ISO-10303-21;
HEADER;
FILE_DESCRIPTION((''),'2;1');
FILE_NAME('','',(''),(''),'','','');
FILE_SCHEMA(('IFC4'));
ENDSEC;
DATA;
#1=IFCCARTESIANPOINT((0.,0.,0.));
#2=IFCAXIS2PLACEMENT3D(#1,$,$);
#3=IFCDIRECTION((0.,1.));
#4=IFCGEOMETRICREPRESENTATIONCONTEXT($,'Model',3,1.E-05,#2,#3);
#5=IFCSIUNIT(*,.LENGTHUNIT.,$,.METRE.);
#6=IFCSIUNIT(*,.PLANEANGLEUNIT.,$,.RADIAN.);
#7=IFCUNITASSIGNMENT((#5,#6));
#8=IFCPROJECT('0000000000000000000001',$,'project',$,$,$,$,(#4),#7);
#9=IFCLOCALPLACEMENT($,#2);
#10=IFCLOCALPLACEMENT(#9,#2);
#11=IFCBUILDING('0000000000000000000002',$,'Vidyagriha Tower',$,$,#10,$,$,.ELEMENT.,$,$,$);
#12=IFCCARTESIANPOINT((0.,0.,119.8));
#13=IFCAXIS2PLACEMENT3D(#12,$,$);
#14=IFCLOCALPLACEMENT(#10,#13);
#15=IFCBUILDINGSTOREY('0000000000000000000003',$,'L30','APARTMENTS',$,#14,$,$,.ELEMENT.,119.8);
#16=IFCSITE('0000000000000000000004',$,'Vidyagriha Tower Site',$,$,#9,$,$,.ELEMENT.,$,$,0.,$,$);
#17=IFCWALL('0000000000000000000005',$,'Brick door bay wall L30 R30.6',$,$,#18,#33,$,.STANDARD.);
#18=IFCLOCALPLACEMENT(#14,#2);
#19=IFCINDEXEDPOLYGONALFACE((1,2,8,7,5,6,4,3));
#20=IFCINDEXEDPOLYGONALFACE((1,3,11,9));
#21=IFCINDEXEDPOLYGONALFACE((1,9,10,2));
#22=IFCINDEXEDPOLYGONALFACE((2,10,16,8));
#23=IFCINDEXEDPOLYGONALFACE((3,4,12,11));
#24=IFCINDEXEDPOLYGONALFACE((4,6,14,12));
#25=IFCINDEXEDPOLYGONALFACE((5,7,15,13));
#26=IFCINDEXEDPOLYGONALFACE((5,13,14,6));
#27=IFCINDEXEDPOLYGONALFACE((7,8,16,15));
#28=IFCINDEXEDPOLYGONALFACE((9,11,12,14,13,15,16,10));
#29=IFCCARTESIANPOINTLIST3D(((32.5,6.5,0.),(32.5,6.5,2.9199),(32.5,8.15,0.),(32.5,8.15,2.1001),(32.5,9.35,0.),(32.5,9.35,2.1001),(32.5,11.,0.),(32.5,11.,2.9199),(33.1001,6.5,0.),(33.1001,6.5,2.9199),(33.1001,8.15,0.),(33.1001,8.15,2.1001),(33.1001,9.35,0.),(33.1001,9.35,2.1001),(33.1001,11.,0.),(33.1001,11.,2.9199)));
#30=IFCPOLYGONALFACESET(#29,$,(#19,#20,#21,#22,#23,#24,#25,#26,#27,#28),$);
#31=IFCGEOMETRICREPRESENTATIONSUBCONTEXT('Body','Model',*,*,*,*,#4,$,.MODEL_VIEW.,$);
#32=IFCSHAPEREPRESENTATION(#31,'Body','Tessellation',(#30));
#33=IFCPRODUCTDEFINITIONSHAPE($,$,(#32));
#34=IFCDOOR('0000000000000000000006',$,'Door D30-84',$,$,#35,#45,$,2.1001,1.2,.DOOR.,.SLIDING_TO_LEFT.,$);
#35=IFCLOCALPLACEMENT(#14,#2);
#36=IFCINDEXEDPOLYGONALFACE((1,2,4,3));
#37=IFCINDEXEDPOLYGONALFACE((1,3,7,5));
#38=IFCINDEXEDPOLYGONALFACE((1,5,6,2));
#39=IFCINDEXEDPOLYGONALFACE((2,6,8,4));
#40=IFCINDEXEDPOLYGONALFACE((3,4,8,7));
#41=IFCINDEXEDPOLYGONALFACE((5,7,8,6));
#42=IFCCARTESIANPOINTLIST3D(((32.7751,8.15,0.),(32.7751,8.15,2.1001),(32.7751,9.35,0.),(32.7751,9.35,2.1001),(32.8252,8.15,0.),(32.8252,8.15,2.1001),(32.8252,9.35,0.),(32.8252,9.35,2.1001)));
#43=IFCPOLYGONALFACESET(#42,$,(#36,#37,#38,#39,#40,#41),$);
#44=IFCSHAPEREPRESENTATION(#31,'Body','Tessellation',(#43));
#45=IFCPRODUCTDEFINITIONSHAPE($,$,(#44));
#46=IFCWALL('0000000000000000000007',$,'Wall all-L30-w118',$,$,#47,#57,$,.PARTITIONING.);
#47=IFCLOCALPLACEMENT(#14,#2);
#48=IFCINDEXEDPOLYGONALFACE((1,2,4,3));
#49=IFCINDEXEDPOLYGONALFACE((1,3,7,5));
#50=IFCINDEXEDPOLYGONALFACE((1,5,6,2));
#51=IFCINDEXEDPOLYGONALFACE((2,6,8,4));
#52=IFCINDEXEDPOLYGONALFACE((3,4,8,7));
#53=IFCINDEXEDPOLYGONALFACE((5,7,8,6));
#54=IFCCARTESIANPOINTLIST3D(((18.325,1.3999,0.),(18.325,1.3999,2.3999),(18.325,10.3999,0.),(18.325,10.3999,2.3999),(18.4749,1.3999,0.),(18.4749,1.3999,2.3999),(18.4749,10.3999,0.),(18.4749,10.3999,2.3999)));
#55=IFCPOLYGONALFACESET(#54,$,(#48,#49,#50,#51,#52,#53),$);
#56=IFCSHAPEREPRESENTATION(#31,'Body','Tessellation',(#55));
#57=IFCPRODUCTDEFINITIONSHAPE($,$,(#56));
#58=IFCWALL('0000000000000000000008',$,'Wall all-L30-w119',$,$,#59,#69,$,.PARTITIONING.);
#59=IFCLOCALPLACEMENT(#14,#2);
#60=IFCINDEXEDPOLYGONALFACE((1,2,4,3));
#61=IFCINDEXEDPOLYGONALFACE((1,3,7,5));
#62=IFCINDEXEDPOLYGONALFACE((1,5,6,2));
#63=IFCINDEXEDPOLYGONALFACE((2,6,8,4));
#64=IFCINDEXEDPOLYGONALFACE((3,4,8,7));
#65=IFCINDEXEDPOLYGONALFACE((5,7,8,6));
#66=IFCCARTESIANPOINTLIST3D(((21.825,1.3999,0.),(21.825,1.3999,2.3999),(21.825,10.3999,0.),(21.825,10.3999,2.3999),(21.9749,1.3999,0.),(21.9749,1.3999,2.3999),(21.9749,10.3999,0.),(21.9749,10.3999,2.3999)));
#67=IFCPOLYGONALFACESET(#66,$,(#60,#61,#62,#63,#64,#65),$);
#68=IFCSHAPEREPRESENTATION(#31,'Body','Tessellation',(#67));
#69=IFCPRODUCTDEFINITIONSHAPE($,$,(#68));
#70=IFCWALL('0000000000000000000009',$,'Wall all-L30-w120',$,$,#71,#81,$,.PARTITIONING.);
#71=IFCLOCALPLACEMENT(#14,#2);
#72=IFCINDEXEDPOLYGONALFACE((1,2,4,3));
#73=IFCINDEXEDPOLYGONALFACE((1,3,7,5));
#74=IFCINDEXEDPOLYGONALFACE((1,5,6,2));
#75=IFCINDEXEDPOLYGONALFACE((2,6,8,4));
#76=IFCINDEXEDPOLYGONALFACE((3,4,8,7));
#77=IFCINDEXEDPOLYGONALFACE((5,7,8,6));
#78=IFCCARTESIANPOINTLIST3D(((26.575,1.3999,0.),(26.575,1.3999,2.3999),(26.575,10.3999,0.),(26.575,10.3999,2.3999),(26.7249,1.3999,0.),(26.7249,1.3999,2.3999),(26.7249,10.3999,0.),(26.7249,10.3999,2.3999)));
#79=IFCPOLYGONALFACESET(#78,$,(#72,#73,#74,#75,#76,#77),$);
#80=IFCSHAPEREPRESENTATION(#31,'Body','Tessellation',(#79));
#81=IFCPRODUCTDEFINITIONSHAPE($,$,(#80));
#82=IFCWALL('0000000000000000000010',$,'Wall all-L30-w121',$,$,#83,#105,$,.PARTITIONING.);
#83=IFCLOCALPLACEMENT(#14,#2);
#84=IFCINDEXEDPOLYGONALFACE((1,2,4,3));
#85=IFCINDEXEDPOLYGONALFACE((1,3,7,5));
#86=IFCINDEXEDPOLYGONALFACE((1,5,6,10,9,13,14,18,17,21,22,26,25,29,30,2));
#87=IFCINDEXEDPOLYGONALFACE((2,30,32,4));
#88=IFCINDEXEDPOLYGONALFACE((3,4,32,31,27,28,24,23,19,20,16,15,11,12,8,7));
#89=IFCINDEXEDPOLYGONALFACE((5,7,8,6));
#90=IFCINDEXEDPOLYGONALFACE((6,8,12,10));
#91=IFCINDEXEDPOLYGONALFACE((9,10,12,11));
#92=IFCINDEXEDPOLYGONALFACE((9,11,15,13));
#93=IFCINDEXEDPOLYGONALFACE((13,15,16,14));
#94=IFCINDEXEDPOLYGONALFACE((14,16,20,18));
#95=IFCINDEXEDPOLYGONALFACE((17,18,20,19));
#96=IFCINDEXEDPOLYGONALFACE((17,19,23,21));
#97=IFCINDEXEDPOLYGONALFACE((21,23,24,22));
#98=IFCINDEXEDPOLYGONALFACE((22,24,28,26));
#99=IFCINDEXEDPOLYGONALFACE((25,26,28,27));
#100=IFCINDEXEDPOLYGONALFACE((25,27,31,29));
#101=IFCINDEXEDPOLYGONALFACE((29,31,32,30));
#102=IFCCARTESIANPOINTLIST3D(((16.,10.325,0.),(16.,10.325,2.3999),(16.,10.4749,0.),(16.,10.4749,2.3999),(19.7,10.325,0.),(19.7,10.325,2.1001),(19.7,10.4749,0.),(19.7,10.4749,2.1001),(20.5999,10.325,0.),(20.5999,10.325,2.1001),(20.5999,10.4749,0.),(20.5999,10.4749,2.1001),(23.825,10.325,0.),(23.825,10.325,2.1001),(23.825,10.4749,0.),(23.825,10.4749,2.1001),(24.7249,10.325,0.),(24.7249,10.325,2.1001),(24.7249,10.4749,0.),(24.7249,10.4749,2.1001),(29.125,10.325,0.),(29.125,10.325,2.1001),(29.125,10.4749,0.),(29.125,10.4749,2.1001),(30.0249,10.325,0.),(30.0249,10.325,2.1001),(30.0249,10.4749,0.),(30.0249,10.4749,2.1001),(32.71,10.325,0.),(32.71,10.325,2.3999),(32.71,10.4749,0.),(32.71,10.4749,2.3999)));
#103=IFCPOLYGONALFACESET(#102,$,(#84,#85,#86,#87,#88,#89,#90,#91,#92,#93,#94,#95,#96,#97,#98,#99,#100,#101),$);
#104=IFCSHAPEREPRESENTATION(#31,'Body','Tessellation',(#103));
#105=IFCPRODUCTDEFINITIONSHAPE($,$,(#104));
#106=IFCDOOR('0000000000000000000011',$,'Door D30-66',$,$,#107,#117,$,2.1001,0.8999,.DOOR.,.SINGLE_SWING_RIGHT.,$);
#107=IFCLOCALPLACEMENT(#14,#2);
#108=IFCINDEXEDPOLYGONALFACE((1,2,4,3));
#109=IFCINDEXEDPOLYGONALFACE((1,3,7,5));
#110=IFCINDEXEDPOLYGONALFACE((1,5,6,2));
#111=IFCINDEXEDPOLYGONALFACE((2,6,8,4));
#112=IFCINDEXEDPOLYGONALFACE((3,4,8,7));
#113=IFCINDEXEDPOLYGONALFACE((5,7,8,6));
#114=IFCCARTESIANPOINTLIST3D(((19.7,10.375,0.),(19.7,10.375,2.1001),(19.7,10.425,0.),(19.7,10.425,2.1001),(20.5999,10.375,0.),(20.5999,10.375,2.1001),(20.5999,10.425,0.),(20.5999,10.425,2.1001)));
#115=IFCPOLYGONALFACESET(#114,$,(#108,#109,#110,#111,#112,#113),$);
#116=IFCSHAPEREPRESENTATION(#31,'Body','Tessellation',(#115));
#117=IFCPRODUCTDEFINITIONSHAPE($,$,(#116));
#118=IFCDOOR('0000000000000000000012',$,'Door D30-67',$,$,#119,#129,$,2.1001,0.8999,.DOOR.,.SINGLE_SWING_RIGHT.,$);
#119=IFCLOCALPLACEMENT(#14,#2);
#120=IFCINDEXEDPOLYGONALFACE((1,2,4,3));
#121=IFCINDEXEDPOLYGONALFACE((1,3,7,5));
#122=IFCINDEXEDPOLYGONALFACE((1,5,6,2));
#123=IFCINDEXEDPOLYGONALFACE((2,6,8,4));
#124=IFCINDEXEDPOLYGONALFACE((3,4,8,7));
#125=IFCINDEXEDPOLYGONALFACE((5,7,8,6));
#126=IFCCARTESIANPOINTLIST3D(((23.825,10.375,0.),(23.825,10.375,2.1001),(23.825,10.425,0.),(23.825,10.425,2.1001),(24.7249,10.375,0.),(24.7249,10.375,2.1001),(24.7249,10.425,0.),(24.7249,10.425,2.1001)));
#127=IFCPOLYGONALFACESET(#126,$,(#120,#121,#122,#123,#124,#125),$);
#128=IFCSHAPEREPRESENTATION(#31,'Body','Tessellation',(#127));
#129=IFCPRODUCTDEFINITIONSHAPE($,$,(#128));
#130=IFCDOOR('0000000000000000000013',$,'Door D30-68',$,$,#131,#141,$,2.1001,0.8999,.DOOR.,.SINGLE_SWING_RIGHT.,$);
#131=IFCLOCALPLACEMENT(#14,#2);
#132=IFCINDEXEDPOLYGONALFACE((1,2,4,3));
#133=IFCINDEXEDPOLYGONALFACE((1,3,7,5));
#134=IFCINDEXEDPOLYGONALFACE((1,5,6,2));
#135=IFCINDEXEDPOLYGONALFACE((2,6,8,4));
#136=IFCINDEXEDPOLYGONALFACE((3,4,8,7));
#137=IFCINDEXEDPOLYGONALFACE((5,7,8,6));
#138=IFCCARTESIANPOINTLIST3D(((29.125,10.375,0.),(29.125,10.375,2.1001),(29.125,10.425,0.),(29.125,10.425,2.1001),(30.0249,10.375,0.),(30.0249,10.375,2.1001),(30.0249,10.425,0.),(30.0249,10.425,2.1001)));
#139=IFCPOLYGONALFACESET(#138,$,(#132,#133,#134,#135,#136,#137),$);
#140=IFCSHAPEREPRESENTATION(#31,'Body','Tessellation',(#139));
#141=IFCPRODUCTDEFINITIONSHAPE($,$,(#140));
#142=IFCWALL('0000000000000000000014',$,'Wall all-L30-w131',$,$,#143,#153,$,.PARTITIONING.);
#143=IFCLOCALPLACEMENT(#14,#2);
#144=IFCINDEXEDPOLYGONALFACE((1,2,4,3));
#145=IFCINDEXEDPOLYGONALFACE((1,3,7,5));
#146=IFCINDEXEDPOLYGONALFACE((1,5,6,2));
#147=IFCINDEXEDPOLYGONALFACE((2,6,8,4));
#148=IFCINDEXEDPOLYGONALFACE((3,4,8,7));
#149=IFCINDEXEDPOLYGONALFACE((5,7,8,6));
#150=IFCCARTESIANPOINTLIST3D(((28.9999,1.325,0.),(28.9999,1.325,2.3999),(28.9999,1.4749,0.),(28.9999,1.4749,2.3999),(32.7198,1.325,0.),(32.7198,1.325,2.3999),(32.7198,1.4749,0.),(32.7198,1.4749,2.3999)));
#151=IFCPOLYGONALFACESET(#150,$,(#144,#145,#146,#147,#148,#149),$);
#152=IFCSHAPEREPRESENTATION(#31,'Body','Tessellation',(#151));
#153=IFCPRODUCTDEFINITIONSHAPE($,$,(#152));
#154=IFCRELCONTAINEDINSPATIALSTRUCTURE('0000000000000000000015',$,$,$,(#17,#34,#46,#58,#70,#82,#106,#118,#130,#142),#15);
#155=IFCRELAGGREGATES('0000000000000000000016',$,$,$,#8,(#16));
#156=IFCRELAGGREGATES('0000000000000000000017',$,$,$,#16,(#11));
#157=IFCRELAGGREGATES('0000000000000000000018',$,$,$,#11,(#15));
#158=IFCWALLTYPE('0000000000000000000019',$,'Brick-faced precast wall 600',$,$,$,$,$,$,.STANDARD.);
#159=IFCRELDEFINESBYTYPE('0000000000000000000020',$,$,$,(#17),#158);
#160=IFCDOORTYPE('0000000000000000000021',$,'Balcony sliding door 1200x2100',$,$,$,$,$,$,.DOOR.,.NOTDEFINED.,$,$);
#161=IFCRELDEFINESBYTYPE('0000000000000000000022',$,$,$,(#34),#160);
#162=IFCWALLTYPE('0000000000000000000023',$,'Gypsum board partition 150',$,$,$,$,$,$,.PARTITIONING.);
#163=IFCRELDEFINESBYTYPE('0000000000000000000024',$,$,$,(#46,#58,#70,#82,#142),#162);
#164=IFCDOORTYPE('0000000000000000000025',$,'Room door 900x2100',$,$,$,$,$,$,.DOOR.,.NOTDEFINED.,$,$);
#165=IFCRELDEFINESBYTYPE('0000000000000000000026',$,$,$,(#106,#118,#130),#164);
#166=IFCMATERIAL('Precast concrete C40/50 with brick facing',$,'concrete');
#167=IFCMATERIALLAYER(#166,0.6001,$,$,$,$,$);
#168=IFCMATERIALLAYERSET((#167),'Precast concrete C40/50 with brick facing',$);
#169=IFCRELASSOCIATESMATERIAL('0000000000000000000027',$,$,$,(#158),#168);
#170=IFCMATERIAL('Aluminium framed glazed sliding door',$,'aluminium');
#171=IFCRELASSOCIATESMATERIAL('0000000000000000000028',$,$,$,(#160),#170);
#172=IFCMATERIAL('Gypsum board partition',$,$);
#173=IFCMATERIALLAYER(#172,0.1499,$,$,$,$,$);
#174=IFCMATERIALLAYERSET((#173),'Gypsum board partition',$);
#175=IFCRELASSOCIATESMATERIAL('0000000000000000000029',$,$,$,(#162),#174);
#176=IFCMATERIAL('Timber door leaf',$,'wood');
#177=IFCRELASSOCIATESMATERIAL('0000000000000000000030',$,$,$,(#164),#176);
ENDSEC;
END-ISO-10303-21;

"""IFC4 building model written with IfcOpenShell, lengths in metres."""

from ifc_helpers import new_model, si_unit, direction, frame, frame_2d, origin, place, context, subcontext, project, spatial, rectangle, extrude, material, layer, layer_set, type_object, element, fill, save


model = new_model("IFC4")

# Units and contexts
model_context = context("Model", 3, precision=1e-05, world=origin(), true_north=direction((0.0, 1.0)))
body_context = subcontext(model_context, "Body", "Model", "MODEL_VIEW")
ifc_project = project(units=[si_unit("LENGTHUNIT", "METRE"), si_unit("PLANEANGLEUNIT", "RADIAN")], contexts=[model_context])

# Site, building, storey
site_placement = place(None, origin())
site = spatial("IfcSite", under=ifc_project, at=site_placement, Name="Vidyagriha Tower Site", CompositionType="ELEMENT", RefElevation=0.0)
building_placement = place(site_placement, origin())
building = spatial("IfcBuilding", under=site, at=building_placement, Name="Vidyagriha Tower", CompositionType="ELEMENT")
storey_placement = place(building_placement, frame((0.0, 0.0, 119.8)))
storey = spatial("IfcBuildingStorey", under=building, at=storey_placement, Name="L30", Description="APARTMENTS", CompositionType="ELEMENT", Elevation=119.8)

# Wall, opening, door
ifc_material_1 = material(Name="Precast concrete C40/50 with brick facing", Category="concrete")
ifc_layer_1 = layer(ifc_material_1, 0.6001)
ifc_layer_set_1 = layer_set([ifc_layer_1], Name="Precast concrete C40/50 with brick facing")
wall_type_1 = type_object("IfcWallType", Name="Brick-faced precast wall 600", PredefinedType="STANDARD", material=ifc_layer_set_1)
wall_1_placement = place(storey_placement, frame((32.8, 6.5, 0.0), z_axis=(0.0, 0.0, 1.0), x_axis=(0.0, 1.0, 0.0)))
wall_1 = element("IfcWall", 1, at=wall_1_placement, inside=storey, type_object=wall_type_1, Name="Brick door bay wall L30 R30.6", PredefinedType="STANDARD", context=body_context, shape_type="SweptSolid", body=[
    extrude(rectangle(XDim=4.5, YDim=0.6001, at=frame_2d((2.25, 0.0))), origin(), (0.0, 0.0, 1.0), 2.9199),
])
opening_1_placement = place(wall_1_placement, frame((1.6499, 0.0, 0.0)))
opening_1 = element("IfcOpeningElement", 2, at=opening_1_placement, cuts=wall_1, PredefinedType="OPENING", context=body_context, shape_type="SweptSolid", body=[
    extrude(rectangle(XDim=1.2, YDim=2.1001, at=frame_2d((0.6001, 1.05))), frame((0.0, 0.3101, 0.0), z_axis=(0.0, -1.0, 0.0), x_axis=(1.0, 0.0, 0.0)), (0.0, 0.0, 1.0), 0.6201),
])
ifc_material_2 = material(Name="Aluminium framed glazed sliding door", Category="aluminium")
door_type_1 = type_object("IfcDoorType", Name="Balcony sliding door 1200x2100", OperationType="NOTDEFINED", PredefinedType="DOOR", material=ifc_material_2)
door_1_placement = place(opening_1_placement, origin())
door_1 = element("IfcDoor", 3, at=door_1_placement, inside=storey, type_object=door_type_1, Name="Door D30-84", OperationType="SLIDING_TO_LEFT", OverallHeight=2.1001, OverallWidth=1.2, PredefinedType="DOOR", context=body_context, shape_type="SweptSolid", body=[
    extrude(rectangle(XDim=1.2, YDim=2.1001, at=frame_2d((0.6001, 1.05))), frame((0.0, 0.0249, 0.0), z_axis=(0.0, -1.0, 0.0), x_axis=(1.0, 0.0, 0.0)), (0.0, 0.0, 1.0), 0.05),
])
fill(opening_1, door_1)

# Walls
ifc_material_3 = material(Name="Gypsum board partition")
ifc_layer_2 = layer(ifc_material_3, 0.1499)
ifc_layer_set_2 = layer_set([ifc_layer_2], Name="Gypsum board partition")
wall_type_2 = type_object("IfcWallType", Name="Gypsum board partition 150", PredefinedType="PARTITIONING", material=ifc_layer_set_2)
for number, where, z_axis, x_axis, name in (
    (4, (18.3999, 10.3999, 0.0), (0.0, 0.0, 1.0), (0.0, -1.0, 0.0), "Wall all-L30-w118"),
    (5, (21.8999, 10.3999, 0.0), (0.0, 0.0, 1.0), (0.0, -1.0, 0.0), "Wall all-L30-w119"),
    (6, (26.6499, 10.3999, 0.0), (0.0, 0.0, 1.0), (0.0, -1.0, 0.0), "Wall all-L30-w120"),
):
    element("IfcWall", number, at=place(storey_placement, frame(where, z_axis=z_axis, x_axis=x_axis)), inside=storey, type_object=wall_type_2, Name=name, PredefinedType="PARTITIONING", context=body_context, shape_type="SweptSolid", body=[
        extrude(rectangle(XDim=9.0, YDim=0.1499, at=frame_2d((4.5, 0.0))), origin(), (0.0, 0.0, 1.0), 2.3999),
    ])

# Wall, openings, doors
wall_2_placement = place(storey_placement, frame((32.71, 10.3999, 0.0), z_axis=(0.0, 0.0, 1.0), x_axis=(-1.0, 0.0, 0.0)))
wall_2 = element("IfcWall", 7, at=wall_2_placement, inside=storey, type_object=wall_type_2, Name="Wall all-L30-w121", PredefinedType="PARTITIONING", context=body_context, shape_type="SweptSolid", body=[
    extrude(rectangle(XDim=16.71, YDim=0.1499, at=frame_2d((8.355, 0.0))), origin(), (0.0, 0.0, 1.0), 2.3999),
])
opening_2_placement = place(wall_2_placement, frame((12.1101, 0.0, 0.0)))
opening_2 = element("IfcOpeningElement", 8, at=opening_2_placement, cuts=wall_2, PredefinedType="OPENING", context=body_context, shape_type="SweptSolid", body=[
    extrude(rectangle(XDim=0.8999, YDim=2.1001, at=frame_2d((0.45, 1.05))), frame((0.0, 0.085, 0.0), z_axis=(0.0, -1.0, 0.0), x_axis=(1.0, 0.0, 0.0)), (0.0, 0.0, 1.0), 0.1699),
])
opening_3_placement = place(wall_2_placement, frame((7.9851, 0.0, 0.0)))
opening_3 = element("IfcOpeningElement", 9, at=opening_3_placement, cuts=wall_2, PredefinedType="OPENING", context=body_context, shape_type="SweptSolid", body=[
    extrude(rectangle(XDim=0.8999, YDim=2.1001, at=frame_2d((0.45, 1.05))), frame((0.0, 0.085, 0.0), z_axis=(0.0, -1.0, 0.0), x_axis=(1.0, 0.0, 0.0)), (0.0, 0.0, 1.0), 0.1699),
])
opening_4_placement = place(wall_2_placement, frame((2.6851, 0.0, 0.0)))
opening_4 = element("IfcOpeningElement", 10, at=opening_4_placement, cuts=wall_2, PredefinedType="OPENING", context=body_context, shape_type="SweptSolid", body=[
    extrude(rectangle(XDim=0.8999, YDim=2.1001, at=frame_2d((0.45, 1.05))), frame((0.0, 0.085, 0.0), z_axis=(0.0, -1.0, 0.0), x_axis=(1.0, 0.0, 0.0)), (0.0, 0.0, 1.0), 0.1699),
])
ifc_material_4 = material(Name="Timber door leaf", Category="wood")
door_type_2 = type_object("IfcDoorType", Name="Room door 900x2100", OperationType="NOTDEFINED", PredefinedType="DOOR", material=ifc_material_4)
door_2_placement = place(opening_2_placement, origin())
door_2 = element("IfcDoor", 11, at=door_2_placement, inside=storey, type_object=door_type_2, Name="Door D30-66", OperationType="SINGLE_SWING_RIGHT", OverallHeight=2.1001, OverallWidth=0.8999, PredefinedType="DOOR", context=body_context, shape_type="SweptSolid", body=[
    extrude(rectangle(XDim=0.8999, YDim=2.1001, at=frame_2d((0.45, 1.05))), frame((0.0, 0.0249, 0.0), z_axis=(0.0, -1.0, 0.0), x_axis=(1.0, 0.0, 0.0)), (0.0, 0.0, 1.0), 0.05),
])
fill(opening_2, door_2)
door_3_placement = place(opening_3_placement, origin())
door_3 = element("IfcDoor", 12, at=door_3_placement, inside=storey, type_object=door_type_2, Name="Door D30-67", OperationType="SINGLE_SWING_RIGHT", OverallHeight=2.1001, OverallWidth=0.8999, PredefinedType="DOOR", context=body_context, shape_type="SweptSolid", body=[
    extrude(rectangle(XDim=0.8999, YDim=2.1001, at=frame_2d((0.45, 1.05))), frame((0.0, 0.0249, 0.0), z_axis=(0.0, -1.0, 0.0), x_axis=(1.0, 0.0, 0.0)), (0.0, 0.0, 1.0), 0.05),
])
fill(opening_3, door_3)
door_4_placement = place(opening_4_placement, origin())
door_4 = element("IfcDoor", 13, at=door_4_placement, inside=storey, type_object=door_type_2, Name="Door D30-68", OperationType="SINGLE_SWING_RIGHT", OverallHeight=2.1001, OverallWidth=0.8999, PredefinedType="DOOR", context=body_context, shape_type="SweptSolid", body=[
    extrude(rectangle(XDim=0.8999, YDim=2.1001, at=frame_2d((0.45, 1.05))), frame((0.0, 0.0249, 0.0), z_axis=(0.0, -1.0, 0.0), x_axis=(1.0, 0.0, 0.0)), (0.0, 0.0, 1.0), 0.05),
])
fill(opening_4, door_4)

# Wall
wall_3_placement = place(storey_placement, frame((29.0, 1.3999, 0.0)))
element("IfcWall", 14, at=wall_3_placement, inside=storey, type_object=wall_type_2, Name="Wall all-L30-w131", PredefinedType="PARTITIONING", context=body_context, shape_type="SweptSolid", body=[
    extrude(rectangle(XDim=3.72, YDim=0.1499, at=frame_2d((1.8599, 0.0))), origin(), (0.0, 0.0, 1.0), 2.3999),
])

save(model, "model.ifc")
